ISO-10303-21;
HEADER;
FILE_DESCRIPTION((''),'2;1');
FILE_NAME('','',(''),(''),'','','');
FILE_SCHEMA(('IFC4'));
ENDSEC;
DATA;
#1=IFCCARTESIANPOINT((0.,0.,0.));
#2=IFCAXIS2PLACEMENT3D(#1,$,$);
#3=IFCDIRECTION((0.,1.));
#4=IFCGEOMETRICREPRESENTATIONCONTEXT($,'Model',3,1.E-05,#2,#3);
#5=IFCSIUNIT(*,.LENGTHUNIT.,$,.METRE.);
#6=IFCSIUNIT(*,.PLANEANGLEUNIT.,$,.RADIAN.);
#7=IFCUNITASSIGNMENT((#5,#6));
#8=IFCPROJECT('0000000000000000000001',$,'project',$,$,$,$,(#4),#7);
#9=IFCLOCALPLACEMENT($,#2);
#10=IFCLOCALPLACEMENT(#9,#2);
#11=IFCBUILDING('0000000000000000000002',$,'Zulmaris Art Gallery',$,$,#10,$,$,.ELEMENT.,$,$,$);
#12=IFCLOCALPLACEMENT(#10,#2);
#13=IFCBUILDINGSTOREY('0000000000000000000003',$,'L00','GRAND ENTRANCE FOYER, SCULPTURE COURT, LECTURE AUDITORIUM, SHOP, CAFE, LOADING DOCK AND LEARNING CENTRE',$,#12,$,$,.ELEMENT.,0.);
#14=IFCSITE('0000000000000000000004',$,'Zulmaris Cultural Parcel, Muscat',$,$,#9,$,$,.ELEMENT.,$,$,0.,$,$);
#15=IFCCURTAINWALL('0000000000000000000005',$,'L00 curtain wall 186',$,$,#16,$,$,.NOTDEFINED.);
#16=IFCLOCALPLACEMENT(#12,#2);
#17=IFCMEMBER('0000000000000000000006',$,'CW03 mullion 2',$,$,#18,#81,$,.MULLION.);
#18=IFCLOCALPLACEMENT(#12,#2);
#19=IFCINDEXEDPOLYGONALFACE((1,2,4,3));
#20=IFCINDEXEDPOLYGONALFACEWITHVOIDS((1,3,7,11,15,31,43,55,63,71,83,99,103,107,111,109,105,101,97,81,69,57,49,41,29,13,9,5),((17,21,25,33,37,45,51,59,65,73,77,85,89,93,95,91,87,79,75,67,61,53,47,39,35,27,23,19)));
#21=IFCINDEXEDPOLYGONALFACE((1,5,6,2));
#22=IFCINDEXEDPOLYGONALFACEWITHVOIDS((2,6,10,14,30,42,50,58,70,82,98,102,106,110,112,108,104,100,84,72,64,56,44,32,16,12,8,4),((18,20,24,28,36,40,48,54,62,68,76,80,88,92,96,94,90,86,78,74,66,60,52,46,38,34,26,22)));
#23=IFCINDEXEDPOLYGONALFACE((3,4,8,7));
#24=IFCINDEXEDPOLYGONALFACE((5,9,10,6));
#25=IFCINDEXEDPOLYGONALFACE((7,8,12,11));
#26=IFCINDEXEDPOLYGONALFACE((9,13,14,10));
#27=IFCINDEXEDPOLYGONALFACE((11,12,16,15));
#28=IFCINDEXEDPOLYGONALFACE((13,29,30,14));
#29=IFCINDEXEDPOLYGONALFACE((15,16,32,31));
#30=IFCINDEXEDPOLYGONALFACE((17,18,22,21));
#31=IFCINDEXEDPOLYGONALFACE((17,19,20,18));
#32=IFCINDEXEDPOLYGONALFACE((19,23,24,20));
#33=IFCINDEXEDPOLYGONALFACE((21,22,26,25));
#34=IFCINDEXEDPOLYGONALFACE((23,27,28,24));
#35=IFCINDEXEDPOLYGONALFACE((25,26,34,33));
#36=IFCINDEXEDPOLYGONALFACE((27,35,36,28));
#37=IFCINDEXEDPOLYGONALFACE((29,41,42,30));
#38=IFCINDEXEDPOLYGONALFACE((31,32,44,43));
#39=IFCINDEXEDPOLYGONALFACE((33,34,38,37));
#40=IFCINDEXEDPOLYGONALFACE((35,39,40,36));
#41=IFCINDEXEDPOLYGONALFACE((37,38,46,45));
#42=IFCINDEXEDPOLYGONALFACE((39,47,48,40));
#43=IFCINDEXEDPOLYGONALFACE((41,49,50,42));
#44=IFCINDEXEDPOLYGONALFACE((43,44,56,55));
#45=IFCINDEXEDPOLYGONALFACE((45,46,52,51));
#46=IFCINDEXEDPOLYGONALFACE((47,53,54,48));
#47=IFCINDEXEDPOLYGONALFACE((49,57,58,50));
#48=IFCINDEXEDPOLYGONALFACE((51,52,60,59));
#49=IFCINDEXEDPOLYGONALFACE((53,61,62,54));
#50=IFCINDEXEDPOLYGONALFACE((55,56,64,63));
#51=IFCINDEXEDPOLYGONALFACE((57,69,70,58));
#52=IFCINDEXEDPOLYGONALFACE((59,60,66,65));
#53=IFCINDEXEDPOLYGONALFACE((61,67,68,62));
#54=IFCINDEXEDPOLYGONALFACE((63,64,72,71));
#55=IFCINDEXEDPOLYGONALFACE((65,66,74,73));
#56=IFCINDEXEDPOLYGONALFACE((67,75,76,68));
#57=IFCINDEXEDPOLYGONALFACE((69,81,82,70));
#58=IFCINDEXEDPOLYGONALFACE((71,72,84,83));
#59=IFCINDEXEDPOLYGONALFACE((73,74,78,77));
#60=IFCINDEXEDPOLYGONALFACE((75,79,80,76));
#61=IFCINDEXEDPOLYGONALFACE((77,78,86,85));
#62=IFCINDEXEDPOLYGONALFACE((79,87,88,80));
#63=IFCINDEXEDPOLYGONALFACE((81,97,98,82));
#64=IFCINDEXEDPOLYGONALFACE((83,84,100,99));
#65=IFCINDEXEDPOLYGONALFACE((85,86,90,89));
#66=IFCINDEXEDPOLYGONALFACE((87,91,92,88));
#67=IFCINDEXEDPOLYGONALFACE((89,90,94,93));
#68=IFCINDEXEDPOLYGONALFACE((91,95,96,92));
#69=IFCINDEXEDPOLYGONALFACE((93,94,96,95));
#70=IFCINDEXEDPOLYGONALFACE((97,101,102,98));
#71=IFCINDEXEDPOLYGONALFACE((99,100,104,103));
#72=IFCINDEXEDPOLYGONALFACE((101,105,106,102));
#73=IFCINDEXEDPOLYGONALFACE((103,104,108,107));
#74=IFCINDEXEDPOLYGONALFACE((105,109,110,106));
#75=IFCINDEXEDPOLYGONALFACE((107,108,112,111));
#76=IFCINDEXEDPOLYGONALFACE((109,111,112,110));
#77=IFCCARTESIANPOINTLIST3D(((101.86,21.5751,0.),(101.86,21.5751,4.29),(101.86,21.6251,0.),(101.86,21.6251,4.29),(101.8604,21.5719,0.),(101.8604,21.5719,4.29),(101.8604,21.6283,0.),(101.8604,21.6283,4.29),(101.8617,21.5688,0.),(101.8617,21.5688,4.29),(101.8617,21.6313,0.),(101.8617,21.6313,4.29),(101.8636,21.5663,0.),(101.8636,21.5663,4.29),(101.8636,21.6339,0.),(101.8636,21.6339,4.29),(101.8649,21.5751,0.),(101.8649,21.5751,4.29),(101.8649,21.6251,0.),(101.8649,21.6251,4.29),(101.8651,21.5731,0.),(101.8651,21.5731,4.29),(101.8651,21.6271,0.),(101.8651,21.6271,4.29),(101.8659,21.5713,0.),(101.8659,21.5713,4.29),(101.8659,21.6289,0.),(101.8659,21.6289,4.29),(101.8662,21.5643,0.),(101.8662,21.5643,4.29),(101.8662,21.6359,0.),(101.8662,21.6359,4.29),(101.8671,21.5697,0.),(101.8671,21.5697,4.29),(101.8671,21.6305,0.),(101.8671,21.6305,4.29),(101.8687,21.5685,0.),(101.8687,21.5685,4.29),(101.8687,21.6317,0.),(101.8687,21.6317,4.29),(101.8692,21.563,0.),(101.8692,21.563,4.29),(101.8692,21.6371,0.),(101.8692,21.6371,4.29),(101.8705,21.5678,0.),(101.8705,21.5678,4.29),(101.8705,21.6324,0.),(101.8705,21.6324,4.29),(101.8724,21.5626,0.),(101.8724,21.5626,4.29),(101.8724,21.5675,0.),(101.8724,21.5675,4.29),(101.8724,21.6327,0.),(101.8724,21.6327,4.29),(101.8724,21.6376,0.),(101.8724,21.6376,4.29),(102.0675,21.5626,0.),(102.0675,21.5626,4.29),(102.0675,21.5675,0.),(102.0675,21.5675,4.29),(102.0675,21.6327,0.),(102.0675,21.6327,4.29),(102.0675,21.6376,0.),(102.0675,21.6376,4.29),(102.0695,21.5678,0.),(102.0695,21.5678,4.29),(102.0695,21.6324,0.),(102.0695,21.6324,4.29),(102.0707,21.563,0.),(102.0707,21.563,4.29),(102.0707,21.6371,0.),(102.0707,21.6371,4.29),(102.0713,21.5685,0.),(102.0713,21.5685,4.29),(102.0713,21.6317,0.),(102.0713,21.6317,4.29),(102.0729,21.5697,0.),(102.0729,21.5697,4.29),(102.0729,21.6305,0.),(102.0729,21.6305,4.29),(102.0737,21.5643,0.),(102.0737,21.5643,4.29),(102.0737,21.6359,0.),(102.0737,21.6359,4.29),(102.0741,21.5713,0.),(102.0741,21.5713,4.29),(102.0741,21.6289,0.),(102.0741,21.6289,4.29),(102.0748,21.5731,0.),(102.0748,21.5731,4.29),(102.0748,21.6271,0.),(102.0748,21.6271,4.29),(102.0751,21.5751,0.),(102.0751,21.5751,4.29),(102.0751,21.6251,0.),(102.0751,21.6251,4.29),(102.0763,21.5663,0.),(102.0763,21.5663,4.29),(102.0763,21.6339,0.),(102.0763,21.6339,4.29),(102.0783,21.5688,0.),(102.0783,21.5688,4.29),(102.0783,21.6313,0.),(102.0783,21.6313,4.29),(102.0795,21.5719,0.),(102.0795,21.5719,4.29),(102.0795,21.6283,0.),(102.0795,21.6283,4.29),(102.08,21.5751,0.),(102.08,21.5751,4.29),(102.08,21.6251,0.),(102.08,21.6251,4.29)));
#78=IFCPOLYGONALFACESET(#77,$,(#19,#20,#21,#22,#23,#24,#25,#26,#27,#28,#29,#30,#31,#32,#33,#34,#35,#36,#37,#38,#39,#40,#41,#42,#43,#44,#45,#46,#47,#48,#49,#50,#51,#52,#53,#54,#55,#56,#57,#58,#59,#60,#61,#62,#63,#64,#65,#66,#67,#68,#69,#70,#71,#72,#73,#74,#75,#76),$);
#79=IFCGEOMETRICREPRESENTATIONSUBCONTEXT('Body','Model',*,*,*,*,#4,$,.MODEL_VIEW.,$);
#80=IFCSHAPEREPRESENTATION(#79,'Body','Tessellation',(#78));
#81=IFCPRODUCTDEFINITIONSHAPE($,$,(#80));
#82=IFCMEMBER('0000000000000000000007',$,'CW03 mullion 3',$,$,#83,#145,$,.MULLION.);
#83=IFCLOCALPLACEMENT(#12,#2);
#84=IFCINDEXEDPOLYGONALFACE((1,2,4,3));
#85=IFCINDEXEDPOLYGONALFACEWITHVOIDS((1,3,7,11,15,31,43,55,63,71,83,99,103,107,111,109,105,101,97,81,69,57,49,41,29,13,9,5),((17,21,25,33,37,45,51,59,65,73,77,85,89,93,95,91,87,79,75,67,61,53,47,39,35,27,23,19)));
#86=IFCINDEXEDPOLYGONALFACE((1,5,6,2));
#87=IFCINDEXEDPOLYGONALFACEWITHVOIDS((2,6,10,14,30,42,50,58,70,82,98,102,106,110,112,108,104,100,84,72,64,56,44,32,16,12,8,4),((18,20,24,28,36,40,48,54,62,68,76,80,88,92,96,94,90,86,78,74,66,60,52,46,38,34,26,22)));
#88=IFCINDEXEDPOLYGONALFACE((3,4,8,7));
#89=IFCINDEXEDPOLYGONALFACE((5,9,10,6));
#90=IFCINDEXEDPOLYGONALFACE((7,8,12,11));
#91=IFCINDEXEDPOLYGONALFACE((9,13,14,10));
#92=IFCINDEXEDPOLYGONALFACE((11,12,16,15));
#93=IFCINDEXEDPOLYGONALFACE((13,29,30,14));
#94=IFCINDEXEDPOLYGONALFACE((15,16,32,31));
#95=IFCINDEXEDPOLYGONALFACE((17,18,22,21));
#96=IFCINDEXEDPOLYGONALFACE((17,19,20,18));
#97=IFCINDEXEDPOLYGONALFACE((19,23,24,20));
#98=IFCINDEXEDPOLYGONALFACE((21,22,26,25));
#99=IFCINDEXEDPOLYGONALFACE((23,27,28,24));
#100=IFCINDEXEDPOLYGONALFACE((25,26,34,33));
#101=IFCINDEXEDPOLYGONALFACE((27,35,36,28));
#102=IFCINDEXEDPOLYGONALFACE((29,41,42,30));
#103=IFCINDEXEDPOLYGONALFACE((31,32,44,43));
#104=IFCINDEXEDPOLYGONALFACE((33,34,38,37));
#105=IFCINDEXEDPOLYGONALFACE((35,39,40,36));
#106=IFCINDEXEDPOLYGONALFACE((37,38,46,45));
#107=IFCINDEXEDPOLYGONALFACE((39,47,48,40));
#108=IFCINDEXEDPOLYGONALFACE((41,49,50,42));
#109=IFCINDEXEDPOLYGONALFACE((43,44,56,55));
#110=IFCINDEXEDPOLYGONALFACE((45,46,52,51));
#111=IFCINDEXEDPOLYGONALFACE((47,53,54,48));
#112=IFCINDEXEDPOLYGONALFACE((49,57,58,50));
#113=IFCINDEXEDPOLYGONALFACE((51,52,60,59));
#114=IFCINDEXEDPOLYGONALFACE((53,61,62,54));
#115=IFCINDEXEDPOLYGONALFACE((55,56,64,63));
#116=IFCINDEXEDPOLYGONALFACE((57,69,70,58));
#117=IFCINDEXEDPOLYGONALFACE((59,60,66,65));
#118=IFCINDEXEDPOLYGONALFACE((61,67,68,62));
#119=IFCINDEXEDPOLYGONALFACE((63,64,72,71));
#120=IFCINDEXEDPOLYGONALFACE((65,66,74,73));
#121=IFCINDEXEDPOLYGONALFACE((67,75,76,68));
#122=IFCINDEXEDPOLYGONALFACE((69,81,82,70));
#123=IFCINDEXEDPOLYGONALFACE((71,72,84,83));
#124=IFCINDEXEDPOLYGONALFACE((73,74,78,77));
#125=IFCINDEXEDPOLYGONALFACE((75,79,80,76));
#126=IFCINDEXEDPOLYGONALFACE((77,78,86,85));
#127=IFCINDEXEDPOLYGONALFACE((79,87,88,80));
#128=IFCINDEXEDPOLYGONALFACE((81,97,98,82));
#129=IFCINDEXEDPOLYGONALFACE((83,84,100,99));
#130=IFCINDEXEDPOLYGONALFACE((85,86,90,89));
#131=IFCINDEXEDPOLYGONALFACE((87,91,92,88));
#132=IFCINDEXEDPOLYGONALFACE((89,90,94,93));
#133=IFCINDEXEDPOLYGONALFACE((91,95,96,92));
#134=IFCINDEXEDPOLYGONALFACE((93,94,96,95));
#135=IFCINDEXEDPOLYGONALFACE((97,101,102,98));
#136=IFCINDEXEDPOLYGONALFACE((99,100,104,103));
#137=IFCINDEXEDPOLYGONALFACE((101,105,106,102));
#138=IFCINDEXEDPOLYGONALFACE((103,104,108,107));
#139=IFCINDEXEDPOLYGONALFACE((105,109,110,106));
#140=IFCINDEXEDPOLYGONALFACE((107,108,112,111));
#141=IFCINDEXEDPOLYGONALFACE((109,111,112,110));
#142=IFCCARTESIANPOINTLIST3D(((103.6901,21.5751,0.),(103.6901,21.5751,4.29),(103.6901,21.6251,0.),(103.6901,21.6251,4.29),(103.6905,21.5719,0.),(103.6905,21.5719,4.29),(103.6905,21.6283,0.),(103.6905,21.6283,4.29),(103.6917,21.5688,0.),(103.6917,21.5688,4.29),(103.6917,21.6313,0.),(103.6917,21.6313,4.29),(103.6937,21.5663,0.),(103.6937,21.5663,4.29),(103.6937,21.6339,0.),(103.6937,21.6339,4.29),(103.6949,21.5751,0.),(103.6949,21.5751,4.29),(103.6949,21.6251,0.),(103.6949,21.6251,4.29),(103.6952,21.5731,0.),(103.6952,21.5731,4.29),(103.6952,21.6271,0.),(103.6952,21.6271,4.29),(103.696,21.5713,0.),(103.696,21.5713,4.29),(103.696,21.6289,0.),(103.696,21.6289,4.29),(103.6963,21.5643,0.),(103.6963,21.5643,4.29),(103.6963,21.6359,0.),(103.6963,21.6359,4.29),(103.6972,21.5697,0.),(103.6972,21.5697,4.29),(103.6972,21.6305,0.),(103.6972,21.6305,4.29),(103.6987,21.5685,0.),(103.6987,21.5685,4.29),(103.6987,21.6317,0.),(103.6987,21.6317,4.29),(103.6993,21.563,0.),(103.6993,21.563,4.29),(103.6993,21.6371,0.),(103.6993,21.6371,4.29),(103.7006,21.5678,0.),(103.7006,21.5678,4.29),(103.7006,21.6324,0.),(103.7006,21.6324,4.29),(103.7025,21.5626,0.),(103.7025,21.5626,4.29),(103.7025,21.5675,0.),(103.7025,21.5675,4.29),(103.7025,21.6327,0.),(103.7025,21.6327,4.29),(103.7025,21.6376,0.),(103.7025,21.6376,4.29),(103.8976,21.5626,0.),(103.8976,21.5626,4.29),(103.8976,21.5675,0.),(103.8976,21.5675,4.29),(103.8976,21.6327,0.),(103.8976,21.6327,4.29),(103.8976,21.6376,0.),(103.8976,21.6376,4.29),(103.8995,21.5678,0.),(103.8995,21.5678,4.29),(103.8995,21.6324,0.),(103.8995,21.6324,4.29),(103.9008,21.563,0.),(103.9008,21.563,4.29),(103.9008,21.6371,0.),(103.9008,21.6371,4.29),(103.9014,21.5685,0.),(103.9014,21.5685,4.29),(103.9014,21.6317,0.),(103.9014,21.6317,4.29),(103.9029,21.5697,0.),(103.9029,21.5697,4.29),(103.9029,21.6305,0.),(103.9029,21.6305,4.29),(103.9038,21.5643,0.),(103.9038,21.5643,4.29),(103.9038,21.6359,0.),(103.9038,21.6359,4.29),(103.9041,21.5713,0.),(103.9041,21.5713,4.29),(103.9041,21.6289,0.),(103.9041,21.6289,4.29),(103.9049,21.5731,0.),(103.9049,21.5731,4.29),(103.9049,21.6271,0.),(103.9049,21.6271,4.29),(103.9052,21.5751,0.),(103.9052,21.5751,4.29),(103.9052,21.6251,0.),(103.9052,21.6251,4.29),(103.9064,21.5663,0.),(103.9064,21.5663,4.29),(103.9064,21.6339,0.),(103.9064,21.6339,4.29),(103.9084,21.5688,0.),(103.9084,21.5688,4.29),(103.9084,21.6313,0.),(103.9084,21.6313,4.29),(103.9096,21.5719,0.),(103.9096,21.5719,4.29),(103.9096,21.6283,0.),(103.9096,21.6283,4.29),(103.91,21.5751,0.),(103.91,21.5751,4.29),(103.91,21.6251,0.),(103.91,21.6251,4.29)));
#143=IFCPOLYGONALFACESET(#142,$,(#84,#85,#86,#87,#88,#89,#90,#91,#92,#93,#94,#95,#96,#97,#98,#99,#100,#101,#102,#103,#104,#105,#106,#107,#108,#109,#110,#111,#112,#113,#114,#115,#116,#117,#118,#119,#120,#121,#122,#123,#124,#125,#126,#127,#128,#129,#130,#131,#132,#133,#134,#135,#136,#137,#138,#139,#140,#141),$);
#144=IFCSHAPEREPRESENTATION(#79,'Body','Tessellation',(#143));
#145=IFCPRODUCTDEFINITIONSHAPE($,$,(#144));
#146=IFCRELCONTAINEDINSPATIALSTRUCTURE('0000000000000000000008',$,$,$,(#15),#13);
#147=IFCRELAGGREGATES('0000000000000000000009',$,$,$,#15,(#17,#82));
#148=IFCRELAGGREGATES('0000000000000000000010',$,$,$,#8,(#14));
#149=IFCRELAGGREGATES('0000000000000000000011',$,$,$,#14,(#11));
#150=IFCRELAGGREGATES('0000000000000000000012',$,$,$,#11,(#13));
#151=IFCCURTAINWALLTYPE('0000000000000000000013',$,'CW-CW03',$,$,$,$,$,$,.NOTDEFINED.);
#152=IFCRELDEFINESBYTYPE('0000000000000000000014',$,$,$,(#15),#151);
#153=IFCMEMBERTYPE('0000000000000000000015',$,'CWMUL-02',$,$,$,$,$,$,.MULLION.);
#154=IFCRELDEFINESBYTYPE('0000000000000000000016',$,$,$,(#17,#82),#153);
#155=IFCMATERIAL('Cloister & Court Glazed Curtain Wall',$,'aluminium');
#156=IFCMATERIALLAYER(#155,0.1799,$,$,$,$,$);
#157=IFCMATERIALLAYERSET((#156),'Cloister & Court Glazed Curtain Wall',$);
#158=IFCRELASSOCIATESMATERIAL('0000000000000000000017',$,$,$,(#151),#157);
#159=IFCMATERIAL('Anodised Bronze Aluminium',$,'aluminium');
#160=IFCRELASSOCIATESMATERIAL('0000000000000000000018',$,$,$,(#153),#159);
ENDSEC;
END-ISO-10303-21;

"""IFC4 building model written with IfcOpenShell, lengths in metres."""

from ifc_helpers import new_model, si_unit, direction, frame, origin, origin_2d, place, context, subcontext, project, spatial, hollow_rectangle, extrude, material, layer, layer_set, material_profile, profile_set, type_object, element, aggregate, save


model = new_model("IFC4")

# Units and contexts
model_context = context("Model", 3, precision=1e-05, world=origin(), true_north=direction((0.0, 1.0)))
body_context = subcontext(model_context, "Body", "Model", "MODEL_VIEW")
ifc_project = project(units=[si_unit("LENGTHUNIT", "METRE"), si_unit("PLANEANGLEUNIT", "RADIAN")], contexts=[model_context])

# Site, building, storey
site_placement = place(None, origin())
site = spatial("IfcSite", under=ifc_project, at=site_placement, Name="Zulmaris Cultural Parcel, Muscat", CompositionType="ELEMENT", RefElevation=0.0)
building_placement = place(site_placement, origin())
building = spatial("IfcBuilding", under=site, at=building_placement, Name="Zulmaris Art Gallery", CompositionType="ELEMENT")
storey_placement = place(building_placement, origin())
storey = spatial("IfcBuildingStorey", under=building, at=storey_placement, Name="L00", Description="GRAND ENTRANCE FOYER, SCULPTURE COURT, LECTURE AUDITORIUM, SHOP, CAFE, LOADING DOCK AND LEARNING CENTRE", CompositionType="ELEMENT", Elevation=0.0)

# Shared definitions
ifc_material_1 = material(Name="Cloister & Court Glazed Curtain Wall", Category="aluminium")
ifc_layer_1 = layer(ifc_material_1, 0.1799)
ifc_layer_set_1 = layer_set([ifc_layer_1], Name="Cloister & Court Glazed Curtain Wall")
curtain_wall_type = type_object("IfcCurtainWallType", Name="CW-CW03", PredefinedType="NOTDEFINED", material=ifc_layer_set_1)
ifc_material_2 = material(Name="Anodised Bronze Aluminium", Category="aluminium")
ifc_material_profile_1 = material_profile(ifc_material_2, hollow_rectangle(XDim=0.075, YDim=0.22, WallThickness=0.0049, InnerFilletRadius=0.0076, OuterFilletRadius=0.0125, at=origin_2d()), Name="ALU 75x220x5")
ifc_profile_set_1 = profile_set([ifc_material_profile_1], Name="Anodised Bronze Aluminium")
member_type_1 = type_object("IfcMemberType", Name="CWMUL-02", PredefinedType="MULLION", material=ifc_profile_set_1)

# Curtain wall, members
curtain_wall_1_placement = place(storey_placement, origin())
curtain_wall_1 = element("IfcCurtainWall", 1, at=curtain_wall_1_placement, inside=storey, type_object=curtain_wall_type, Name="L00 curtain wall 186", PredefinedType="NOTDEFINED")
member_1_placement = place(storey_placement, frame((101.97, 21.6001, 0.0), z_axis=(0.0, 0.0, 1.0), x_axis=(0.0, 1.0, 0.0)))
member_1 = element("IfcMember", 2, at=member_1_placement, type_object=member_type_1, Name="CW03 mullion 2", PredefinedType="MULLION", context=body_context, shape_type="SweptSolid", body=[
    extrude(hollow_rectangle(XDim=0.075, YDim=0.22, WallThickness=0.0049, InnerFilletRadius=0.0076, OuterFilletRadius=0.0125, at=origin_2d()), origin(), (0.0, 0.0, 1.0), 4.29),
])
member_2_placement = place(storey_placement, frame((103.8, 21.6001, 0.0), z_axis=(0.0, 0.0, 1.0), x_axis=(0.0, 1.0, 0.0)))
member_2 = element("IfcMember", 3, at=member_2_placement, type_object=member_type_1, Name="CW03 mullion 3", PredefinedType="MULLION", context=body_context, shape_type="SweptSolid", body=[
    extrude(hollow_rectangle(XDim=0.075, YDim=0.22, WallThickness=0.0049, InnerFilletRadius=0.0076, OuterFilletRadius=0.0125, at=origin_2d()), origin(), (0.0, 0.0, 1.0), 4.29),
])

aggregate(curtain_wall_1, [member_1, member_2])

save(model, "model.ifc")
